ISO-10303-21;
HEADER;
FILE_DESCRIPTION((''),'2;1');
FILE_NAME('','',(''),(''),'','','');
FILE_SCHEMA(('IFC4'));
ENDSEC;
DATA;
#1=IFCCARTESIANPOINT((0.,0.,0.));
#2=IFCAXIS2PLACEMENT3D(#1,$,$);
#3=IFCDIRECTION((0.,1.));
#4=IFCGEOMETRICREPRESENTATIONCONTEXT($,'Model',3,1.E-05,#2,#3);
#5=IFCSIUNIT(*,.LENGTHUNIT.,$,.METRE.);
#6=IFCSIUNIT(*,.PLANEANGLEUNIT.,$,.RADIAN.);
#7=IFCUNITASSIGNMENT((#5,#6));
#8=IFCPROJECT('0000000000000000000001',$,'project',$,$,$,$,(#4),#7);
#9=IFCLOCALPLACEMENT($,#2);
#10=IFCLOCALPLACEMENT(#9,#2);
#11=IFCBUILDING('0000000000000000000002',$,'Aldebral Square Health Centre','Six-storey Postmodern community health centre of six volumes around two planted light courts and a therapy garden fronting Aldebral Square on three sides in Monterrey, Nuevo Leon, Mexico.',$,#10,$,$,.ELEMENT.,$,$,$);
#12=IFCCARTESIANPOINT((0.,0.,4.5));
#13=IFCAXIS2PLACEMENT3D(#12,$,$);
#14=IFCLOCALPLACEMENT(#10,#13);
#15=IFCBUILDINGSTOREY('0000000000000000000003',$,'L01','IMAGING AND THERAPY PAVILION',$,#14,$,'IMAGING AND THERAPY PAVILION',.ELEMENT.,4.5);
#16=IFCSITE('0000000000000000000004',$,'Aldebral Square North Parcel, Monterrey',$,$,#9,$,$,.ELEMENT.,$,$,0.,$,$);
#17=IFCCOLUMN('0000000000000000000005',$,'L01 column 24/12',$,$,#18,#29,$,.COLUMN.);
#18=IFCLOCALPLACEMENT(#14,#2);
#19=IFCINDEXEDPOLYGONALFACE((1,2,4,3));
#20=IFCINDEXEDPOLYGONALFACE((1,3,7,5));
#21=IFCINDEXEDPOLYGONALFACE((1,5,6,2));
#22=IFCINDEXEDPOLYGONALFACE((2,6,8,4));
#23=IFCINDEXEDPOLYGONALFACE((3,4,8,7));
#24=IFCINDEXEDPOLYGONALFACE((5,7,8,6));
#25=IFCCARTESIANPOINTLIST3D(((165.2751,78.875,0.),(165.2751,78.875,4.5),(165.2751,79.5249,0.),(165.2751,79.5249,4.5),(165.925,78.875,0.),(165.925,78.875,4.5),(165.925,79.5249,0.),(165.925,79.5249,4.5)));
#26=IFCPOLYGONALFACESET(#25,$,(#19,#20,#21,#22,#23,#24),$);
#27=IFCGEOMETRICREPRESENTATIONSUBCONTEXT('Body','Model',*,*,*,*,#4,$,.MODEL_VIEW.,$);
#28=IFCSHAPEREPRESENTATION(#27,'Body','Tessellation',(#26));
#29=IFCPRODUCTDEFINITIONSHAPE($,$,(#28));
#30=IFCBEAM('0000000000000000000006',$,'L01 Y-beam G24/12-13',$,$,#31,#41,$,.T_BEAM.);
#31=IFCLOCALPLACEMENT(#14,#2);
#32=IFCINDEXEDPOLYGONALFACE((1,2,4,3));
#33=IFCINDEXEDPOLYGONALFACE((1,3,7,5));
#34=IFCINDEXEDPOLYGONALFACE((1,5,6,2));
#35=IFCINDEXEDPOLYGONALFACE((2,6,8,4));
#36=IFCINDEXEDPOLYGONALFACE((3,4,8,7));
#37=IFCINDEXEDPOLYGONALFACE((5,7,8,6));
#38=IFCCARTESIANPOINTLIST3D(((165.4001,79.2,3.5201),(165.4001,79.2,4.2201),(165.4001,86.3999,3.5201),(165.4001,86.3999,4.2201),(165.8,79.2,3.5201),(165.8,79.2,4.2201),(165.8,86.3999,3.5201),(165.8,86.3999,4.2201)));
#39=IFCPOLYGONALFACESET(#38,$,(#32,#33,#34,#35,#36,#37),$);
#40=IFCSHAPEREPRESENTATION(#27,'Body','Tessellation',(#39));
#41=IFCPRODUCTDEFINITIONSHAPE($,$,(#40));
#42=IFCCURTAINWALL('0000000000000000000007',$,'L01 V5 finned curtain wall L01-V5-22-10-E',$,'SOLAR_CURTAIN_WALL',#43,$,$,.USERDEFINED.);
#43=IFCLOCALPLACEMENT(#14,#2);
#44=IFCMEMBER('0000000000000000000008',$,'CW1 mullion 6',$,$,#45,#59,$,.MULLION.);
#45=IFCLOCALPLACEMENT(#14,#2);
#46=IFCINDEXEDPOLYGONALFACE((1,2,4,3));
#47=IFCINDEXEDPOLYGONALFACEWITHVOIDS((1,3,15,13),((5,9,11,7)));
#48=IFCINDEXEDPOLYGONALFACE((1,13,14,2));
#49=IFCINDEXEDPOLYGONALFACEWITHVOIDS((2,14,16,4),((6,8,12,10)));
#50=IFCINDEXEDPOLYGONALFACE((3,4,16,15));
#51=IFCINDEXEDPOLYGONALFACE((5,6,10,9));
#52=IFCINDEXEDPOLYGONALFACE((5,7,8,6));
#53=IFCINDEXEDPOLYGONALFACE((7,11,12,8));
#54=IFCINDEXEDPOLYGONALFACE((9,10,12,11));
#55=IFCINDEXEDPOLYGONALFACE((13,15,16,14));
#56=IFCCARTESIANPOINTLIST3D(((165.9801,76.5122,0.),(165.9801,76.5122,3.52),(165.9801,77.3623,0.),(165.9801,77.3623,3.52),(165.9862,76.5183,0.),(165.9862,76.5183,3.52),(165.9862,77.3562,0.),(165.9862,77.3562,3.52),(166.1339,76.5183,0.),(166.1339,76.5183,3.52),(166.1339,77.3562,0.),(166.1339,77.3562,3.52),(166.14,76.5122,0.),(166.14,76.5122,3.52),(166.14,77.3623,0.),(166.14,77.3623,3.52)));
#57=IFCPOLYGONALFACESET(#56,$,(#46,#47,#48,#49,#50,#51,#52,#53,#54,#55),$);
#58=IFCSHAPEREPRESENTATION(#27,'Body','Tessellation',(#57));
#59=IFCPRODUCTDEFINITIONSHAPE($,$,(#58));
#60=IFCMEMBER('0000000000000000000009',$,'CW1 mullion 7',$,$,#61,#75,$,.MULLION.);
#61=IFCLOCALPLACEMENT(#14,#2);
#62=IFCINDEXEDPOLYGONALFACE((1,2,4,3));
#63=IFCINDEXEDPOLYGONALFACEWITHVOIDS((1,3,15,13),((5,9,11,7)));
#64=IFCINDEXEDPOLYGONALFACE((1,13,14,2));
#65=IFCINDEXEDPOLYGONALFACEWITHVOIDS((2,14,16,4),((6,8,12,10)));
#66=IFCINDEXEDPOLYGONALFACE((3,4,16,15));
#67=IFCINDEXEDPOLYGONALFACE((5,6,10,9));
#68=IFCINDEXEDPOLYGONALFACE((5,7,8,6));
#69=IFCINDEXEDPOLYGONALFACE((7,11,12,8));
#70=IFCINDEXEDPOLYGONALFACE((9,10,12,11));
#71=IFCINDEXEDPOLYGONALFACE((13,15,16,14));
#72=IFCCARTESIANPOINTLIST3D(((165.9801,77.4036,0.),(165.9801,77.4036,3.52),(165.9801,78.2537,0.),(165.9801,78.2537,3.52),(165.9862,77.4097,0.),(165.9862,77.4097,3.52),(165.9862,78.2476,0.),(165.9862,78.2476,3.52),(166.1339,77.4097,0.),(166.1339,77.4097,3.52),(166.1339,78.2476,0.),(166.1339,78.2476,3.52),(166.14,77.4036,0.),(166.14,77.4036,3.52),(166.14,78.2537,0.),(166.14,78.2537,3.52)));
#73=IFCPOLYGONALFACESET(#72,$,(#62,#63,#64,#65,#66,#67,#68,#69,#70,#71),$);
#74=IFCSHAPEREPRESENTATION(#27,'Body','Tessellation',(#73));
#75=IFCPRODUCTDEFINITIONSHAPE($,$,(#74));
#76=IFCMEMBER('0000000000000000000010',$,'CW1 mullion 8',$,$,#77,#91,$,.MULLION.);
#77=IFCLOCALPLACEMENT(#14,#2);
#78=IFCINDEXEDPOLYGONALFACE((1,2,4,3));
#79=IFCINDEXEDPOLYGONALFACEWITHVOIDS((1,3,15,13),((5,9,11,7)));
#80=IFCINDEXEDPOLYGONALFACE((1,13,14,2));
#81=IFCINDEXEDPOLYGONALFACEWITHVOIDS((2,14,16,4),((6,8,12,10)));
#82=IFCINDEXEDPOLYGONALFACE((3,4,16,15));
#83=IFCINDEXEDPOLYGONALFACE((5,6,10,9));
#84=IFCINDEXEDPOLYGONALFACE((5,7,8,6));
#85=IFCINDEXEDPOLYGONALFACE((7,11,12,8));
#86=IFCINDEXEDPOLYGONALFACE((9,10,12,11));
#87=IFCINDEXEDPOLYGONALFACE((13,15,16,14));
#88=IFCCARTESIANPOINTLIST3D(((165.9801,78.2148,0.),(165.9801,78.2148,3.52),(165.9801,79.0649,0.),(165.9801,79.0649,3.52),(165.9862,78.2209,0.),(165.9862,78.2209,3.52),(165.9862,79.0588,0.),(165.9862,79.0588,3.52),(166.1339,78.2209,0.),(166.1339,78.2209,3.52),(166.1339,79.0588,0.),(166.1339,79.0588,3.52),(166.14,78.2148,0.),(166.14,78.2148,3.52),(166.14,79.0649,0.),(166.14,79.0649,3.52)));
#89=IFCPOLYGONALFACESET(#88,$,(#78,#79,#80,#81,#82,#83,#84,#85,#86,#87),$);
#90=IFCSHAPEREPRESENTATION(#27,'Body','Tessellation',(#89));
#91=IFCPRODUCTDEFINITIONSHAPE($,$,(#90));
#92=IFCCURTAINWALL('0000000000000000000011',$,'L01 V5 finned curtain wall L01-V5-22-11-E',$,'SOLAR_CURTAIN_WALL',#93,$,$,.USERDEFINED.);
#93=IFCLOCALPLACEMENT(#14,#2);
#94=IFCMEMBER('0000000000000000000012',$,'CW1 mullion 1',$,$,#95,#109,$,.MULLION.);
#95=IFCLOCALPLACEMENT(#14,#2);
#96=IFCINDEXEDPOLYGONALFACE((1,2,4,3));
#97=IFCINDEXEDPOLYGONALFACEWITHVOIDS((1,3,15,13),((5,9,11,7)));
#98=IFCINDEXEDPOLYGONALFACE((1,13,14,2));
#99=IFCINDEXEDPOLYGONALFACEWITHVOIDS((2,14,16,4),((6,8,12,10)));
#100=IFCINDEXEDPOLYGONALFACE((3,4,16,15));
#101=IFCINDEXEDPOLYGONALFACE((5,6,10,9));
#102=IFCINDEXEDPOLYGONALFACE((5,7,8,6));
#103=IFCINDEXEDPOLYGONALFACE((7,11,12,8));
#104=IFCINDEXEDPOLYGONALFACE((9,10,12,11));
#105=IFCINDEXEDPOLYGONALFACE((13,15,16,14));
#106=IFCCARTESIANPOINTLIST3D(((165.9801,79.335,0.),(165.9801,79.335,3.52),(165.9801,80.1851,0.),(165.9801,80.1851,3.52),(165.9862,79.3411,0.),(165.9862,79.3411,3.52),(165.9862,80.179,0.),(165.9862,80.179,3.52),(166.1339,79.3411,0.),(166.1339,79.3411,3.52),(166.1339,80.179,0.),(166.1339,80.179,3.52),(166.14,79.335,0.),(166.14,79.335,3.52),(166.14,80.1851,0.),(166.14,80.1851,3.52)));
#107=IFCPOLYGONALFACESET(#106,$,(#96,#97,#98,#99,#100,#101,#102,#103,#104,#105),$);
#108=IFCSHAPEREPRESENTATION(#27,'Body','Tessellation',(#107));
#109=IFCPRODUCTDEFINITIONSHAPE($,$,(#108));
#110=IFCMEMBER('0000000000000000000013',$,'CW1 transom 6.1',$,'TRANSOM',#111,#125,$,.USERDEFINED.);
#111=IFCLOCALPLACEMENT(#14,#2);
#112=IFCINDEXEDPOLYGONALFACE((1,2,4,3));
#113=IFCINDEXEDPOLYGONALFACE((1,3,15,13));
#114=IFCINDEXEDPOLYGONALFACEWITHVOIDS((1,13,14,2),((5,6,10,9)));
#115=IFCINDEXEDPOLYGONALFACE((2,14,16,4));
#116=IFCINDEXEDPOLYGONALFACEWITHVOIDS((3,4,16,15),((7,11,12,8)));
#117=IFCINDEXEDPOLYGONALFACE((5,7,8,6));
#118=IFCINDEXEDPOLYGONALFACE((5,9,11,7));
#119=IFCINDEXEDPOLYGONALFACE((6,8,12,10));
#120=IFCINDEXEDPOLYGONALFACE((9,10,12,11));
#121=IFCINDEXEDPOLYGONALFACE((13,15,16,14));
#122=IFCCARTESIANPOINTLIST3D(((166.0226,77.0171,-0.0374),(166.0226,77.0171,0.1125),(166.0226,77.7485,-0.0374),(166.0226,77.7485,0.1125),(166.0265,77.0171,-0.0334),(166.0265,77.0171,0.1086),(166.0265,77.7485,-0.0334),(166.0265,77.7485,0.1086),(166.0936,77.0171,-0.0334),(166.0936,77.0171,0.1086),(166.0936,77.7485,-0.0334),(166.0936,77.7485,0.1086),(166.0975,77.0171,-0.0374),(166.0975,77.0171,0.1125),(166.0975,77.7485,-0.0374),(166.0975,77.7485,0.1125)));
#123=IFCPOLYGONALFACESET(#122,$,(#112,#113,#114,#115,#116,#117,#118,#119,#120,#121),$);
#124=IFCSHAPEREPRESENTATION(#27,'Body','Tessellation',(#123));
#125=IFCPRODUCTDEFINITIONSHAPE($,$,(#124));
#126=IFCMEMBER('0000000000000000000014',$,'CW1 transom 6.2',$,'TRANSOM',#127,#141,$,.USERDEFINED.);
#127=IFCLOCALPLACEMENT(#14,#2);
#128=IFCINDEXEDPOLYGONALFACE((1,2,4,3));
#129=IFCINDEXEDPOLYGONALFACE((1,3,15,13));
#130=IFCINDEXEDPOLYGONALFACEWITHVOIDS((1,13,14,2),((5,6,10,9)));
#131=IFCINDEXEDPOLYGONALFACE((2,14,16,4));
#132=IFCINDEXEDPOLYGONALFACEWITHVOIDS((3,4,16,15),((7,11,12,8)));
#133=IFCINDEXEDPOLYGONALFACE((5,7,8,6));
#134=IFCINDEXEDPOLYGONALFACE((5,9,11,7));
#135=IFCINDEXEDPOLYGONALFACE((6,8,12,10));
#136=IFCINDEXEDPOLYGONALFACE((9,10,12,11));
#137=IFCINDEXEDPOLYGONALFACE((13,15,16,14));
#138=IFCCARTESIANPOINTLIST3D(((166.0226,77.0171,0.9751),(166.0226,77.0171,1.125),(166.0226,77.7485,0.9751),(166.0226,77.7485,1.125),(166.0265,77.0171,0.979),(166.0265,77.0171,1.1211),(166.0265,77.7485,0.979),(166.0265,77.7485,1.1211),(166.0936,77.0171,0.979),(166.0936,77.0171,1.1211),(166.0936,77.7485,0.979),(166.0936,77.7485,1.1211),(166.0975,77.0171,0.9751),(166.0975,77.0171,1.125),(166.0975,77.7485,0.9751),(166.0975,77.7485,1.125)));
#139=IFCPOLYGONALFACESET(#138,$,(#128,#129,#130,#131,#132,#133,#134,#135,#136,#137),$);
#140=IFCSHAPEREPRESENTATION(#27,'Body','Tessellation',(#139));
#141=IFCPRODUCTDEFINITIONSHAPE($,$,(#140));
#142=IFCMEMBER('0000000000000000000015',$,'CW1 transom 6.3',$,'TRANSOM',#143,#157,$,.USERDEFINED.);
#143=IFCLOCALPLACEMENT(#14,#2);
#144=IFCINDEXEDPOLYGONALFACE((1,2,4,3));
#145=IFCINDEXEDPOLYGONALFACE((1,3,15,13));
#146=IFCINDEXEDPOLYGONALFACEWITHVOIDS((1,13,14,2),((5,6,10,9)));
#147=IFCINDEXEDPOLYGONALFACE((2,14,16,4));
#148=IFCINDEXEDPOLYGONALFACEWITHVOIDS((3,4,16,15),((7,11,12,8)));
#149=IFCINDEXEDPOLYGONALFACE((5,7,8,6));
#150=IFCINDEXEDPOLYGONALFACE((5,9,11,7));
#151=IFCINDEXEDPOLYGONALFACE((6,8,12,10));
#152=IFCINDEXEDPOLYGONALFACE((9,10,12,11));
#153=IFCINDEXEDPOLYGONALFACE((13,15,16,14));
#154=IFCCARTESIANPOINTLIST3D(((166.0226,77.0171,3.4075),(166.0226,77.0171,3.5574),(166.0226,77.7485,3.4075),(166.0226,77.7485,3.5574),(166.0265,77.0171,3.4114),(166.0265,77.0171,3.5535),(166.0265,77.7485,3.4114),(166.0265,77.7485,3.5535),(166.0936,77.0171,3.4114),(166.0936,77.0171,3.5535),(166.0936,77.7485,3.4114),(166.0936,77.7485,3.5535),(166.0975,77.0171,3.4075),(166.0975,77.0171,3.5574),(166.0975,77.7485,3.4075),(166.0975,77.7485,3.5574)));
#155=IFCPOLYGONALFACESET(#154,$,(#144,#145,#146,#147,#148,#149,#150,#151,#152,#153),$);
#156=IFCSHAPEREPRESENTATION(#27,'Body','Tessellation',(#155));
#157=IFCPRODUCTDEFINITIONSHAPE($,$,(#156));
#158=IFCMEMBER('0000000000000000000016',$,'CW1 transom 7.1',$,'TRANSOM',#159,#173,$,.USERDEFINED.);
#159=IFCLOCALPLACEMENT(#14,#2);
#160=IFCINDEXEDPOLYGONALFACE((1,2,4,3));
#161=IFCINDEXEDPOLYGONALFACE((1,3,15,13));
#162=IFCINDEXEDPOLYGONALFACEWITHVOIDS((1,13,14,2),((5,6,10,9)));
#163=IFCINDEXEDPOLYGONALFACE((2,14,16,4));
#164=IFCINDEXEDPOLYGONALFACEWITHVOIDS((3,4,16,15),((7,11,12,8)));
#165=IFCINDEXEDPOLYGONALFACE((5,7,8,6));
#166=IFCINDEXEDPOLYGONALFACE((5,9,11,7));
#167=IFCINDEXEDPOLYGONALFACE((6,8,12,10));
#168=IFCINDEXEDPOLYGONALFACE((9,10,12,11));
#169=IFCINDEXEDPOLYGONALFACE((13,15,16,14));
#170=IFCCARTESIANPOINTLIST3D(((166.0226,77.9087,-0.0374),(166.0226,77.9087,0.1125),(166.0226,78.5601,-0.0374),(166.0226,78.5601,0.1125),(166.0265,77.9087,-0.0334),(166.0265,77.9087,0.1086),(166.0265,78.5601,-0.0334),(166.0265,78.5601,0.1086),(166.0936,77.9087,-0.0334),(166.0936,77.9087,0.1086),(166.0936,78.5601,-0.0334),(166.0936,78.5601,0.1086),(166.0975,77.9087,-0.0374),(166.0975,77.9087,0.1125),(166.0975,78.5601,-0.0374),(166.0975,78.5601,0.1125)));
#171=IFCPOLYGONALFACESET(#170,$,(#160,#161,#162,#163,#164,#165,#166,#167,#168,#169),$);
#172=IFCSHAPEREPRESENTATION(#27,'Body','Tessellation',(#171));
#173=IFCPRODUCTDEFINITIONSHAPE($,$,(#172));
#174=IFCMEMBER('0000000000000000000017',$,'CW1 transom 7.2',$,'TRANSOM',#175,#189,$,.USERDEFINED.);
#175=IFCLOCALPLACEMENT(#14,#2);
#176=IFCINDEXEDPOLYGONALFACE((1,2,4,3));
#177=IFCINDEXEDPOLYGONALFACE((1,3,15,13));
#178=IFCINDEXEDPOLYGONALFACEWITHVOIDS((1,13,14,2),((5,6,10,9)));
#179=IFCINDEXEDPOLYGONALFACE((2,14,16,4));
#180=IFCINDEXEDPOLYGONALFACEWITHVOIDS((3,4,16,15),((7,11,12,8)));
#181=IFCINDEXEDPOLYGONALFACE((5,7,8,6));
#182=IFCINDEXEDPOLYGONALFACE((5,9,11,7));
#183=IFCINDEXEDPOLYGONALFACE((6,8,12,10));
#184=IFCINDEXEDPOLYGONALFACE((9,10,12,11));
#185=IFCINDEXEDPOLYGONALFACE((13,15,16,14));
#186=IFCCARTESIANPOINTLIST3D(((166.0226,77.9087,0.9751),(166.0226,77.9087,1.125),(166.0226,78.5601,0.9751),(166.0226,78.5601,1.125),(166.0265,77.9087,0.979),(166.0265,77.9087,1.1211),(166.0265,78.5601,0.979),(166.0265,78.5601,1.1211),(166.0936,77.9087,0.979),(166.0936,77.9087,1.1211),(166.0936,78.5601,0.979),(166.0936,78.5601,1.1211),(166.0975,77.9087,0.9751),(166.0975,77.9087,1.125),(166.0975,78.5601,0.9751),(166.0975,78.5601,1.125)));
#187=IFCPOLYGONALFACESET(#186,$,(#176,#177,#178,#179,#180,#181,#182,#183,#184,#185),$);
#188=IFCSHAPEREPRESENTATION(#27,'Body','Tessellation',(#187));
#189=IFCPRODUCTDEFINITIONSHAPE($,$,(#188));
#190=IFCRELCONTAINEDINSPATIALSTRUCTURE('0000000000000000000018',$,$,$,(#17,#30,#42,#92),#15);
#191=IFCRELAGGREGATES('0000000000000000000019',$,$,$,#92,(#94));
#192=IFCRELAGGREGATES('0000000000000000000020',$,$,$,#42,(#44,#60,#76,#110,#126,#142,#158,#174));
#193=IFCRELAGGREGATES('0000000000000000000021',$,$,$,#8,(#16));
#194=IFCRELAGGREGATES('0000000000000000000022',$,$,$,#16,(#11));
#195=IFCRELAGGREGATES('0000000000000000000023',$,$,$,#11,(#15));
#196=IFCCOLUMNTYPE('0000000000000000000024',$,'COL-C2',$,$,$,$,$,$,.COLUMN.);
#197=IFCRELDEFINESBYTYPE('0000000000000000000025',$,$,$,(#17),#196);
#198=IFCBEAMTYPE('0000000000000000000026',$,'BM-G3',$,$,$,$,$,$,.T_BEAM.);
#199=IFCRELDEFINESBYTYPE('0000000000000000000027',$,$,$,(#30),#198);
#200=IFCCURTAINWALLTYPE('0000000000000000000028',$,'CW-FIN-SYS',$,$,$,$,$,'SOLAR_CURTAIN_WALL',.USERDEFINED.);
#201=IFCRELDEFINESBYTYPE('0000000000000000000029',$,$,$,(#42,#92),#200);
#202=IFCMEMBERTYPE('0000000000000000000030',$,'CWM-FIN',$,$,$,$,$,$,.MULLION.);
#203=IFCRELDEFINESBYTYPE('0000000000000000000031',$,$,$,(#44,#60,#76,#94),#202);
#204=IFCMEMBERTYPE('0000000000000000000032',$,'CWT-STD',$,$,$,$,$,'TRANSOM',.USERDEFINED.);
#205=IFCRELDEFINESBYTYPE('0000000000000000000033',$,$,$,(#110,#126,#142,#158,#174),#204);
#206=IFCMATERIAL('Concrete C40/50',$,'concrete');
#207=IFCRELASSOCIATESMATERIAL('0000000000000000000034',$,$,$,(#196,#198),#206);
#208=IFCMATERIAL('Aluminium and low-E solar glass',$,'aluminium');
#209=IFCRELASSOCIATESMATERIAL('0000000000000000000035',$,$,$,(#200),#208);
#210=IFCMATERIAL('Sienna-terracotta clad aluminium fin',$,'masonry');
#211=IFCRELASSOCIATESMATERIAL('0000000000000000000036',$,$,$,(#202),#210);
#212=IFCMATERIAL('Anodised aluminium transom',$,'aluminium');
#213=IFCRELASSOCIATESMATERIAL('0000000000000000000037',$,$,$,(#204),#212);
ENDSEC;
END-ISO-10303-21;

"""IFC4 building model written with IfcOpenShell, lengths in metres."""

from ifc_helpers import new_model, si_unit, direction, frame, origin, origin_2d, place, context, subcontext, project, spatial, rectangle, hollow_rectangle, extrude, material, material_profile, profile_set, type_object, element, aggregate, save


model = new_model("IFC4")

# Units and contexts
model_context = context("Model", 3, precision=1e-05, world=origin(), true_north=direction((0.0, 1.0)))
body_context = subcontext(model_context, "Body", "Model", "MODEL_VIEW")
ifc_project = project(units=[si_unit("LENGTHUNIT", "METRE"), si_unit("PLANEANGLEUNIT", "RADIAN")], contexts=[model_context])

# Site, building, storey
site_placement = place(None, origin())
site = spatial("IfcSite", under=ifc_project, at=site_placement, Name="Aldebral Square North Parcel, Monterrey", CompositionType="ELEMENT", RefElevation=0.0)
building_placement = place(site_placement, origin())
building = spatial("IfcBuilding", under=site, at=building_placement, Name="Aldebral Square Health Centre", Description="Six-storey Postmodern community health centre of six volumes around two planted light courts and a therapy garden fronting Aldebral Square on three sides in Monterrey, Nuevo Leon, Mexico.", CompositionType="ELEMENT")
storey_placement = place(building_placement, frame((0.0, 0.0, 4.5)))
storey = spatial("IfcBuildingStorey", under=building, at=storey_placement, Name="L01", Description="IMAGING AND THERAPY PAVILION", LongName="IMAGING AND THERAPY PAVILION", CompositionType="ELEMENT", Elevation=4.5)

# Column
ifc_material_1 = material(Name="Concrete C40/50", Category="concrete")
ifc_material_profile_1 = material_profile(ifc_material_1, rectangle(XDim=0.6499, YDim=0.6499, at=origin_2d()), Name="RC 650x650")
ifc_profile_set_1 = profile_set([ifc_material_profile_1], Name="Concrete C40/50")
column_type = type_object("IfcColumnType", Name="COL-C2", PredefinedType="COLUMN", material=ifc_profile_set_1)
column_placement = place(storey_placement, frame((165.6001, 79.2, 0.0), z_axis=(0.0, 0.0, 1.0), x_axis=(1.0, 0.0, 0.0)))
element("IfcColumn", 1, at=column_placement, inside=storey, type_object=column_type, Name="L01 column 24/12", PredefinedType="COLUMN", context=body_context, shape_type="SweptSolid", body=[
    extrude(rectangle(XDim=0.6499, YDim=0.6499, at=origin_2d()), origin(), (0.0, 0.0, 1.0), 4.5),
])

# Beam
ifc_material_profile_2 = material_profile(ifc_material_1, rectangle(XDim=0.3999, YDim=0.7, at=origin_2d()), Name="RC 400x700")
ifc_profile_set_2 = profile_set([ifc_material_profile_2], Name="Concrete C40/50")
beam_type = type_object("IfcBeamType", Name="BM-G3", PredefinedType="T_BEAM", material=ifc_profile_set_2)
beam_placement = place(storey_placement, frame((165.6001, 79.2, 3.8701), z_axis=(0.0, 1.0, 0.0), x_axis=(-1.0, 0.0, 0.0)))
element("IfcBeam", 2, at=beam_placement, inside=storey, type_object=beam_type, Name="L01 Y-beam G24/12-13", PredefinedType="T_BEAM", context=body_context, shape_type="SweptSolid", body=[
    extrude(rectangle(XDim=0.3999, YDim=0.7, at=origin_2d()), origin(), (0.0, 0.0, 1.0), 7.2),
])

# Curtain wall, members
ifc_material_2 = material(Name="Aluminium and low-E solar glass", Category="aluminium")
curtain_wall_type = type_object("IfcCurtainWallType", Name="CW-FIN-SYS", ElementType="SOLAR_CURTAIN_WALL", PredefinedType="USERDEFINED", material=ifc_material_2)
curtain_wall_1_placement = place(storey_placement, origin())
curtain_wall_1 = element("IfcCurtainWall", 3, at=curtain_wall_1_placement, inside=storey, type_object=curtain_wall_type, Name="L01 V5 finned curtain wall L01-V5-22-10-E", ObjectType="SOLAR_CURTAIN_WALL", PredefinedType="USERDEFINED")
ifc_material_3 = material(Name="Sienna-terracotta clad aluminium fin", Category="masonry")
ifc_material_profile_3 = material_profile(ifc_material_3, hollow_rectangle(XDim=0.1599, YDim=0.8501, WallThickness=0.0061, at=origin_2d()), Name="FIN 160x850x6")
ifc_profile_set_3 = profile_set([ifc_material_profile_3], Name="Sienna-terracotta clad aluminium fin")
member_type_1 = type_object("IfcMemberType", Name="CWM-FIN", PredefinedType="MULLION", material=ifc_profile_set_3)
member_1_placement = place(storey_placement, frame((166.0601, 76.9373, 0.0), z_axis=(0.0, 0.0, 1.0), x_axis=(-1.0, 0.0, 0.0)))
member_1 = element("IfcMember", 4, at=member_1_placement, type_object=member_type_1, Name="CW1 mullion 6", PredefinedType="MULLION", context=body_context, shape_type="SweptSolid", body=[
    extrude(hollow_rectangle(XDim=0.1599, YDim=0.8501, WallThickness=0.0061, at=origin_2d()), origin(), (0.0, 0.0, 1.0), 3.52),
])
member_2_placement = place(storey_placement, frame((166.0601, 77.8286, 0.0), z_axis=(0.0, 0.0, 1.0), x_axis=(-1.0, 0.0, 0.0)))
member_2 = element("IfcMember", 5, at=member_2_placement, type_object=member_type_1, Name="CW1 mullion 7", PredefinedType="MULLION", context=body_context, shape_type="SweptSolid", body=[
    extrude(hollow_rectangle(XDim=0.1599, YDim=0.8501, WallThickness=0.0061, at=origin_2d()), origin(), (0.0, 0.0, 1.0), 3.52),
])
member_3_placement = place(storey_placement, frame((166.0601, 78.6399, 0.0), z_axis=(0.0, 0.0, 1.0), x_axis=(-1.0, 0.0, 0.0)))
member_3 = element("IfcMember", 6, at=member_3_placement, type_object=member_type_1, Name="CW1 mullion 8", PredefinedType="MULLION", context=body_context, shape_type="SweptSolid", body=[
    extrude(hollow_rectangle(XDim=0.1599, YDim=0.8501, WallThickness=0.0061, at=origin_2d()), origin(), (0.0, 0.0, 1.0), 3.52),
])

# Curtain wall, member
curtain_wall_2_placement = place(storey_placement, origin())
curtain_wall_2 = element("IfcCurtainWall", 7, at=curtain_wall_2_placement, inside=storey, type_object=curtain_wall_type, Name="L01 V5 finned curtain wall L01-V5-22-11-E", ObjectType="SOLAR_CURTAIN_WALL", PredefinedType="USERDEFINED")
member_4_placement = place(storey_placement, frame((166.0601, 79.76, 0.0), z_axis=(0.0, 0.0, 1.0), x_axis=(-1.0, 0.0, 0.0)))
member_4 = element("IfcMember", 8, at=member_4_placement, type_object=member_type_1, Name="CW1 mullion 1", PredefinedType="MULLION", context=body_context, shape_type="SweptSolid", body=[
    extrude(hollow_rectangle(XDim=0.1599, YDim=0.8501, WallThickness=0.0061, at=origin_2d()), origin(), (0.0, 0.0, 1.0), 3.52),
])

# Members
ifc_material_4 = material(Name="Anodised aluminium transom", Category="aluminium")
ifc_material_profile_4 = material_profile(ifc_material_4, hollow_rectangle(XDim=0.075, YDim=0.1499, WallThickness=0.0039, at=origin_2d()), Name="CWT 75x150x4")
ifc_profile_set_4 = profile_set([ifc_material_profile_4], Name="Anodised aluminium transom")
member_type_2 = type_object("IfcMemberType", Name="CWT-STD", ElementType="TRANSOM", PredefinedType="USERDEFINED", material=ifc_profile_set_4)
member_5_placement = place(storey_placement, frame((166.0601, 77.0171, 0.0376), z_axis=(0.0, 1.0, 0.0), x_axis=(-1.0, 0.0, 0.0)))
member_5 = element("IfcMember", 9, at=member_5_placement, type_object=member_type_2, Name="CW1 transom 6.1", ObjectType="TRANSOM", PredefinedType="USERDEFINED", context=body_context, shape_type="SweptSolid", body=[
    extrude(hollow_rectangle(XDim=0.075, YDim=0.1499, WallThickness=0.0039, at=origin_2d()), origin(), (0.0, 0.0, 1.0), 0.7314),
])
member_6_placement = place(storey_placement, frame((166.0601, 77.0171, 1.05), z_axis=(0.0, 1.0, 0.0), x_axis=(-1.0, 0.0, 0.0)))
member_6 = element("IfcMember", 10, at=member_6_placement, type_object=member_type_2, Name="CW1 transom 6.2", ObjectType="TRANSOM", PredefinedType="USERDEFINED", context=body_context, shape_type="SweptSolid", body=[
    extrude(hollow_rectangle(XDim=0.075, YDim=0.1499, WallThickness=0.0039, at=origin_2d()), origin(), (0.0, 0.0, 1.0), 0.7314),
])
member_7_placement = place(storey_placement, frame((166.0601, 77.0171, 3.4824), z_axis=(0.0, 1.0, 0.0), x_axis=(-1.0, 0.0, 0.0)))
member_7 = element("IfcMember", 11, at=member_7_placement, type_object=member_type_2, Name="CW1 transom 6.3", ObjectType="TRANSOM", PredefinedType="USERDEFINED", context=body_context, shape_type="SweptSolid", body=[
    extrude(hollow_rectangle(XDim=0.075, YDim=0.1499, WallThickness=0.0039, at=origin_2d()), origin(), (0.0, 0.0, 1.0), 0.7314),
])
member_8_placement = place(storey_placement, frame((166.0601, 77.9087, 0.0376), z_axis=(0.0, 1.0, 0.0), x_axis=(-1.0, 0.0, 0.0)))
member_8 = element("IfcMember", 12, at=member_8_placement, type_object=member_type_2, Name="CW1 transom 7.1", ObjectType="TRANSOM", PredefinedType="USERDEFINED", context=body_context, shape_type="SweptSolid", body=[
    extrude(hollow_rectangle(XDim=0.075, YDim=0.1499, WallThickness=0.0039, at=origin_2d()), origin(), (0.0, 0.0, 1.0), 0.6514),
])
member_9_placement = place(storey_placement, frame((166.0601, 77.9087, 1.05), z_axis=(0.0, 1.0, 0.0), x_axis=(-1.0, 0.0, 0.0)))
member_9 = element("IfcMember", 13, at=member_9_placement, type_object=member_type_2, Name="CW1 transom 7.2", ObjectType="TRANSOM", PredefinedType="USERDEFINED", context=body_context, shape_type="SweptSolid", body=[
    extrude(hollow_rectangle(XDim=0.075, YDim=0.1499, WallThickness=0.0039, at=origin_2d()), origin(), (0.0, 0.0, 1.0), 0.6514),
])
aggregate(curtain_wall_2, [member_4])

aggregate(curtain_wall_1, [member_1, member_2, member_3, member_5, member_6, member_7, member_8, member_9])

save(model, "model.ifc")
